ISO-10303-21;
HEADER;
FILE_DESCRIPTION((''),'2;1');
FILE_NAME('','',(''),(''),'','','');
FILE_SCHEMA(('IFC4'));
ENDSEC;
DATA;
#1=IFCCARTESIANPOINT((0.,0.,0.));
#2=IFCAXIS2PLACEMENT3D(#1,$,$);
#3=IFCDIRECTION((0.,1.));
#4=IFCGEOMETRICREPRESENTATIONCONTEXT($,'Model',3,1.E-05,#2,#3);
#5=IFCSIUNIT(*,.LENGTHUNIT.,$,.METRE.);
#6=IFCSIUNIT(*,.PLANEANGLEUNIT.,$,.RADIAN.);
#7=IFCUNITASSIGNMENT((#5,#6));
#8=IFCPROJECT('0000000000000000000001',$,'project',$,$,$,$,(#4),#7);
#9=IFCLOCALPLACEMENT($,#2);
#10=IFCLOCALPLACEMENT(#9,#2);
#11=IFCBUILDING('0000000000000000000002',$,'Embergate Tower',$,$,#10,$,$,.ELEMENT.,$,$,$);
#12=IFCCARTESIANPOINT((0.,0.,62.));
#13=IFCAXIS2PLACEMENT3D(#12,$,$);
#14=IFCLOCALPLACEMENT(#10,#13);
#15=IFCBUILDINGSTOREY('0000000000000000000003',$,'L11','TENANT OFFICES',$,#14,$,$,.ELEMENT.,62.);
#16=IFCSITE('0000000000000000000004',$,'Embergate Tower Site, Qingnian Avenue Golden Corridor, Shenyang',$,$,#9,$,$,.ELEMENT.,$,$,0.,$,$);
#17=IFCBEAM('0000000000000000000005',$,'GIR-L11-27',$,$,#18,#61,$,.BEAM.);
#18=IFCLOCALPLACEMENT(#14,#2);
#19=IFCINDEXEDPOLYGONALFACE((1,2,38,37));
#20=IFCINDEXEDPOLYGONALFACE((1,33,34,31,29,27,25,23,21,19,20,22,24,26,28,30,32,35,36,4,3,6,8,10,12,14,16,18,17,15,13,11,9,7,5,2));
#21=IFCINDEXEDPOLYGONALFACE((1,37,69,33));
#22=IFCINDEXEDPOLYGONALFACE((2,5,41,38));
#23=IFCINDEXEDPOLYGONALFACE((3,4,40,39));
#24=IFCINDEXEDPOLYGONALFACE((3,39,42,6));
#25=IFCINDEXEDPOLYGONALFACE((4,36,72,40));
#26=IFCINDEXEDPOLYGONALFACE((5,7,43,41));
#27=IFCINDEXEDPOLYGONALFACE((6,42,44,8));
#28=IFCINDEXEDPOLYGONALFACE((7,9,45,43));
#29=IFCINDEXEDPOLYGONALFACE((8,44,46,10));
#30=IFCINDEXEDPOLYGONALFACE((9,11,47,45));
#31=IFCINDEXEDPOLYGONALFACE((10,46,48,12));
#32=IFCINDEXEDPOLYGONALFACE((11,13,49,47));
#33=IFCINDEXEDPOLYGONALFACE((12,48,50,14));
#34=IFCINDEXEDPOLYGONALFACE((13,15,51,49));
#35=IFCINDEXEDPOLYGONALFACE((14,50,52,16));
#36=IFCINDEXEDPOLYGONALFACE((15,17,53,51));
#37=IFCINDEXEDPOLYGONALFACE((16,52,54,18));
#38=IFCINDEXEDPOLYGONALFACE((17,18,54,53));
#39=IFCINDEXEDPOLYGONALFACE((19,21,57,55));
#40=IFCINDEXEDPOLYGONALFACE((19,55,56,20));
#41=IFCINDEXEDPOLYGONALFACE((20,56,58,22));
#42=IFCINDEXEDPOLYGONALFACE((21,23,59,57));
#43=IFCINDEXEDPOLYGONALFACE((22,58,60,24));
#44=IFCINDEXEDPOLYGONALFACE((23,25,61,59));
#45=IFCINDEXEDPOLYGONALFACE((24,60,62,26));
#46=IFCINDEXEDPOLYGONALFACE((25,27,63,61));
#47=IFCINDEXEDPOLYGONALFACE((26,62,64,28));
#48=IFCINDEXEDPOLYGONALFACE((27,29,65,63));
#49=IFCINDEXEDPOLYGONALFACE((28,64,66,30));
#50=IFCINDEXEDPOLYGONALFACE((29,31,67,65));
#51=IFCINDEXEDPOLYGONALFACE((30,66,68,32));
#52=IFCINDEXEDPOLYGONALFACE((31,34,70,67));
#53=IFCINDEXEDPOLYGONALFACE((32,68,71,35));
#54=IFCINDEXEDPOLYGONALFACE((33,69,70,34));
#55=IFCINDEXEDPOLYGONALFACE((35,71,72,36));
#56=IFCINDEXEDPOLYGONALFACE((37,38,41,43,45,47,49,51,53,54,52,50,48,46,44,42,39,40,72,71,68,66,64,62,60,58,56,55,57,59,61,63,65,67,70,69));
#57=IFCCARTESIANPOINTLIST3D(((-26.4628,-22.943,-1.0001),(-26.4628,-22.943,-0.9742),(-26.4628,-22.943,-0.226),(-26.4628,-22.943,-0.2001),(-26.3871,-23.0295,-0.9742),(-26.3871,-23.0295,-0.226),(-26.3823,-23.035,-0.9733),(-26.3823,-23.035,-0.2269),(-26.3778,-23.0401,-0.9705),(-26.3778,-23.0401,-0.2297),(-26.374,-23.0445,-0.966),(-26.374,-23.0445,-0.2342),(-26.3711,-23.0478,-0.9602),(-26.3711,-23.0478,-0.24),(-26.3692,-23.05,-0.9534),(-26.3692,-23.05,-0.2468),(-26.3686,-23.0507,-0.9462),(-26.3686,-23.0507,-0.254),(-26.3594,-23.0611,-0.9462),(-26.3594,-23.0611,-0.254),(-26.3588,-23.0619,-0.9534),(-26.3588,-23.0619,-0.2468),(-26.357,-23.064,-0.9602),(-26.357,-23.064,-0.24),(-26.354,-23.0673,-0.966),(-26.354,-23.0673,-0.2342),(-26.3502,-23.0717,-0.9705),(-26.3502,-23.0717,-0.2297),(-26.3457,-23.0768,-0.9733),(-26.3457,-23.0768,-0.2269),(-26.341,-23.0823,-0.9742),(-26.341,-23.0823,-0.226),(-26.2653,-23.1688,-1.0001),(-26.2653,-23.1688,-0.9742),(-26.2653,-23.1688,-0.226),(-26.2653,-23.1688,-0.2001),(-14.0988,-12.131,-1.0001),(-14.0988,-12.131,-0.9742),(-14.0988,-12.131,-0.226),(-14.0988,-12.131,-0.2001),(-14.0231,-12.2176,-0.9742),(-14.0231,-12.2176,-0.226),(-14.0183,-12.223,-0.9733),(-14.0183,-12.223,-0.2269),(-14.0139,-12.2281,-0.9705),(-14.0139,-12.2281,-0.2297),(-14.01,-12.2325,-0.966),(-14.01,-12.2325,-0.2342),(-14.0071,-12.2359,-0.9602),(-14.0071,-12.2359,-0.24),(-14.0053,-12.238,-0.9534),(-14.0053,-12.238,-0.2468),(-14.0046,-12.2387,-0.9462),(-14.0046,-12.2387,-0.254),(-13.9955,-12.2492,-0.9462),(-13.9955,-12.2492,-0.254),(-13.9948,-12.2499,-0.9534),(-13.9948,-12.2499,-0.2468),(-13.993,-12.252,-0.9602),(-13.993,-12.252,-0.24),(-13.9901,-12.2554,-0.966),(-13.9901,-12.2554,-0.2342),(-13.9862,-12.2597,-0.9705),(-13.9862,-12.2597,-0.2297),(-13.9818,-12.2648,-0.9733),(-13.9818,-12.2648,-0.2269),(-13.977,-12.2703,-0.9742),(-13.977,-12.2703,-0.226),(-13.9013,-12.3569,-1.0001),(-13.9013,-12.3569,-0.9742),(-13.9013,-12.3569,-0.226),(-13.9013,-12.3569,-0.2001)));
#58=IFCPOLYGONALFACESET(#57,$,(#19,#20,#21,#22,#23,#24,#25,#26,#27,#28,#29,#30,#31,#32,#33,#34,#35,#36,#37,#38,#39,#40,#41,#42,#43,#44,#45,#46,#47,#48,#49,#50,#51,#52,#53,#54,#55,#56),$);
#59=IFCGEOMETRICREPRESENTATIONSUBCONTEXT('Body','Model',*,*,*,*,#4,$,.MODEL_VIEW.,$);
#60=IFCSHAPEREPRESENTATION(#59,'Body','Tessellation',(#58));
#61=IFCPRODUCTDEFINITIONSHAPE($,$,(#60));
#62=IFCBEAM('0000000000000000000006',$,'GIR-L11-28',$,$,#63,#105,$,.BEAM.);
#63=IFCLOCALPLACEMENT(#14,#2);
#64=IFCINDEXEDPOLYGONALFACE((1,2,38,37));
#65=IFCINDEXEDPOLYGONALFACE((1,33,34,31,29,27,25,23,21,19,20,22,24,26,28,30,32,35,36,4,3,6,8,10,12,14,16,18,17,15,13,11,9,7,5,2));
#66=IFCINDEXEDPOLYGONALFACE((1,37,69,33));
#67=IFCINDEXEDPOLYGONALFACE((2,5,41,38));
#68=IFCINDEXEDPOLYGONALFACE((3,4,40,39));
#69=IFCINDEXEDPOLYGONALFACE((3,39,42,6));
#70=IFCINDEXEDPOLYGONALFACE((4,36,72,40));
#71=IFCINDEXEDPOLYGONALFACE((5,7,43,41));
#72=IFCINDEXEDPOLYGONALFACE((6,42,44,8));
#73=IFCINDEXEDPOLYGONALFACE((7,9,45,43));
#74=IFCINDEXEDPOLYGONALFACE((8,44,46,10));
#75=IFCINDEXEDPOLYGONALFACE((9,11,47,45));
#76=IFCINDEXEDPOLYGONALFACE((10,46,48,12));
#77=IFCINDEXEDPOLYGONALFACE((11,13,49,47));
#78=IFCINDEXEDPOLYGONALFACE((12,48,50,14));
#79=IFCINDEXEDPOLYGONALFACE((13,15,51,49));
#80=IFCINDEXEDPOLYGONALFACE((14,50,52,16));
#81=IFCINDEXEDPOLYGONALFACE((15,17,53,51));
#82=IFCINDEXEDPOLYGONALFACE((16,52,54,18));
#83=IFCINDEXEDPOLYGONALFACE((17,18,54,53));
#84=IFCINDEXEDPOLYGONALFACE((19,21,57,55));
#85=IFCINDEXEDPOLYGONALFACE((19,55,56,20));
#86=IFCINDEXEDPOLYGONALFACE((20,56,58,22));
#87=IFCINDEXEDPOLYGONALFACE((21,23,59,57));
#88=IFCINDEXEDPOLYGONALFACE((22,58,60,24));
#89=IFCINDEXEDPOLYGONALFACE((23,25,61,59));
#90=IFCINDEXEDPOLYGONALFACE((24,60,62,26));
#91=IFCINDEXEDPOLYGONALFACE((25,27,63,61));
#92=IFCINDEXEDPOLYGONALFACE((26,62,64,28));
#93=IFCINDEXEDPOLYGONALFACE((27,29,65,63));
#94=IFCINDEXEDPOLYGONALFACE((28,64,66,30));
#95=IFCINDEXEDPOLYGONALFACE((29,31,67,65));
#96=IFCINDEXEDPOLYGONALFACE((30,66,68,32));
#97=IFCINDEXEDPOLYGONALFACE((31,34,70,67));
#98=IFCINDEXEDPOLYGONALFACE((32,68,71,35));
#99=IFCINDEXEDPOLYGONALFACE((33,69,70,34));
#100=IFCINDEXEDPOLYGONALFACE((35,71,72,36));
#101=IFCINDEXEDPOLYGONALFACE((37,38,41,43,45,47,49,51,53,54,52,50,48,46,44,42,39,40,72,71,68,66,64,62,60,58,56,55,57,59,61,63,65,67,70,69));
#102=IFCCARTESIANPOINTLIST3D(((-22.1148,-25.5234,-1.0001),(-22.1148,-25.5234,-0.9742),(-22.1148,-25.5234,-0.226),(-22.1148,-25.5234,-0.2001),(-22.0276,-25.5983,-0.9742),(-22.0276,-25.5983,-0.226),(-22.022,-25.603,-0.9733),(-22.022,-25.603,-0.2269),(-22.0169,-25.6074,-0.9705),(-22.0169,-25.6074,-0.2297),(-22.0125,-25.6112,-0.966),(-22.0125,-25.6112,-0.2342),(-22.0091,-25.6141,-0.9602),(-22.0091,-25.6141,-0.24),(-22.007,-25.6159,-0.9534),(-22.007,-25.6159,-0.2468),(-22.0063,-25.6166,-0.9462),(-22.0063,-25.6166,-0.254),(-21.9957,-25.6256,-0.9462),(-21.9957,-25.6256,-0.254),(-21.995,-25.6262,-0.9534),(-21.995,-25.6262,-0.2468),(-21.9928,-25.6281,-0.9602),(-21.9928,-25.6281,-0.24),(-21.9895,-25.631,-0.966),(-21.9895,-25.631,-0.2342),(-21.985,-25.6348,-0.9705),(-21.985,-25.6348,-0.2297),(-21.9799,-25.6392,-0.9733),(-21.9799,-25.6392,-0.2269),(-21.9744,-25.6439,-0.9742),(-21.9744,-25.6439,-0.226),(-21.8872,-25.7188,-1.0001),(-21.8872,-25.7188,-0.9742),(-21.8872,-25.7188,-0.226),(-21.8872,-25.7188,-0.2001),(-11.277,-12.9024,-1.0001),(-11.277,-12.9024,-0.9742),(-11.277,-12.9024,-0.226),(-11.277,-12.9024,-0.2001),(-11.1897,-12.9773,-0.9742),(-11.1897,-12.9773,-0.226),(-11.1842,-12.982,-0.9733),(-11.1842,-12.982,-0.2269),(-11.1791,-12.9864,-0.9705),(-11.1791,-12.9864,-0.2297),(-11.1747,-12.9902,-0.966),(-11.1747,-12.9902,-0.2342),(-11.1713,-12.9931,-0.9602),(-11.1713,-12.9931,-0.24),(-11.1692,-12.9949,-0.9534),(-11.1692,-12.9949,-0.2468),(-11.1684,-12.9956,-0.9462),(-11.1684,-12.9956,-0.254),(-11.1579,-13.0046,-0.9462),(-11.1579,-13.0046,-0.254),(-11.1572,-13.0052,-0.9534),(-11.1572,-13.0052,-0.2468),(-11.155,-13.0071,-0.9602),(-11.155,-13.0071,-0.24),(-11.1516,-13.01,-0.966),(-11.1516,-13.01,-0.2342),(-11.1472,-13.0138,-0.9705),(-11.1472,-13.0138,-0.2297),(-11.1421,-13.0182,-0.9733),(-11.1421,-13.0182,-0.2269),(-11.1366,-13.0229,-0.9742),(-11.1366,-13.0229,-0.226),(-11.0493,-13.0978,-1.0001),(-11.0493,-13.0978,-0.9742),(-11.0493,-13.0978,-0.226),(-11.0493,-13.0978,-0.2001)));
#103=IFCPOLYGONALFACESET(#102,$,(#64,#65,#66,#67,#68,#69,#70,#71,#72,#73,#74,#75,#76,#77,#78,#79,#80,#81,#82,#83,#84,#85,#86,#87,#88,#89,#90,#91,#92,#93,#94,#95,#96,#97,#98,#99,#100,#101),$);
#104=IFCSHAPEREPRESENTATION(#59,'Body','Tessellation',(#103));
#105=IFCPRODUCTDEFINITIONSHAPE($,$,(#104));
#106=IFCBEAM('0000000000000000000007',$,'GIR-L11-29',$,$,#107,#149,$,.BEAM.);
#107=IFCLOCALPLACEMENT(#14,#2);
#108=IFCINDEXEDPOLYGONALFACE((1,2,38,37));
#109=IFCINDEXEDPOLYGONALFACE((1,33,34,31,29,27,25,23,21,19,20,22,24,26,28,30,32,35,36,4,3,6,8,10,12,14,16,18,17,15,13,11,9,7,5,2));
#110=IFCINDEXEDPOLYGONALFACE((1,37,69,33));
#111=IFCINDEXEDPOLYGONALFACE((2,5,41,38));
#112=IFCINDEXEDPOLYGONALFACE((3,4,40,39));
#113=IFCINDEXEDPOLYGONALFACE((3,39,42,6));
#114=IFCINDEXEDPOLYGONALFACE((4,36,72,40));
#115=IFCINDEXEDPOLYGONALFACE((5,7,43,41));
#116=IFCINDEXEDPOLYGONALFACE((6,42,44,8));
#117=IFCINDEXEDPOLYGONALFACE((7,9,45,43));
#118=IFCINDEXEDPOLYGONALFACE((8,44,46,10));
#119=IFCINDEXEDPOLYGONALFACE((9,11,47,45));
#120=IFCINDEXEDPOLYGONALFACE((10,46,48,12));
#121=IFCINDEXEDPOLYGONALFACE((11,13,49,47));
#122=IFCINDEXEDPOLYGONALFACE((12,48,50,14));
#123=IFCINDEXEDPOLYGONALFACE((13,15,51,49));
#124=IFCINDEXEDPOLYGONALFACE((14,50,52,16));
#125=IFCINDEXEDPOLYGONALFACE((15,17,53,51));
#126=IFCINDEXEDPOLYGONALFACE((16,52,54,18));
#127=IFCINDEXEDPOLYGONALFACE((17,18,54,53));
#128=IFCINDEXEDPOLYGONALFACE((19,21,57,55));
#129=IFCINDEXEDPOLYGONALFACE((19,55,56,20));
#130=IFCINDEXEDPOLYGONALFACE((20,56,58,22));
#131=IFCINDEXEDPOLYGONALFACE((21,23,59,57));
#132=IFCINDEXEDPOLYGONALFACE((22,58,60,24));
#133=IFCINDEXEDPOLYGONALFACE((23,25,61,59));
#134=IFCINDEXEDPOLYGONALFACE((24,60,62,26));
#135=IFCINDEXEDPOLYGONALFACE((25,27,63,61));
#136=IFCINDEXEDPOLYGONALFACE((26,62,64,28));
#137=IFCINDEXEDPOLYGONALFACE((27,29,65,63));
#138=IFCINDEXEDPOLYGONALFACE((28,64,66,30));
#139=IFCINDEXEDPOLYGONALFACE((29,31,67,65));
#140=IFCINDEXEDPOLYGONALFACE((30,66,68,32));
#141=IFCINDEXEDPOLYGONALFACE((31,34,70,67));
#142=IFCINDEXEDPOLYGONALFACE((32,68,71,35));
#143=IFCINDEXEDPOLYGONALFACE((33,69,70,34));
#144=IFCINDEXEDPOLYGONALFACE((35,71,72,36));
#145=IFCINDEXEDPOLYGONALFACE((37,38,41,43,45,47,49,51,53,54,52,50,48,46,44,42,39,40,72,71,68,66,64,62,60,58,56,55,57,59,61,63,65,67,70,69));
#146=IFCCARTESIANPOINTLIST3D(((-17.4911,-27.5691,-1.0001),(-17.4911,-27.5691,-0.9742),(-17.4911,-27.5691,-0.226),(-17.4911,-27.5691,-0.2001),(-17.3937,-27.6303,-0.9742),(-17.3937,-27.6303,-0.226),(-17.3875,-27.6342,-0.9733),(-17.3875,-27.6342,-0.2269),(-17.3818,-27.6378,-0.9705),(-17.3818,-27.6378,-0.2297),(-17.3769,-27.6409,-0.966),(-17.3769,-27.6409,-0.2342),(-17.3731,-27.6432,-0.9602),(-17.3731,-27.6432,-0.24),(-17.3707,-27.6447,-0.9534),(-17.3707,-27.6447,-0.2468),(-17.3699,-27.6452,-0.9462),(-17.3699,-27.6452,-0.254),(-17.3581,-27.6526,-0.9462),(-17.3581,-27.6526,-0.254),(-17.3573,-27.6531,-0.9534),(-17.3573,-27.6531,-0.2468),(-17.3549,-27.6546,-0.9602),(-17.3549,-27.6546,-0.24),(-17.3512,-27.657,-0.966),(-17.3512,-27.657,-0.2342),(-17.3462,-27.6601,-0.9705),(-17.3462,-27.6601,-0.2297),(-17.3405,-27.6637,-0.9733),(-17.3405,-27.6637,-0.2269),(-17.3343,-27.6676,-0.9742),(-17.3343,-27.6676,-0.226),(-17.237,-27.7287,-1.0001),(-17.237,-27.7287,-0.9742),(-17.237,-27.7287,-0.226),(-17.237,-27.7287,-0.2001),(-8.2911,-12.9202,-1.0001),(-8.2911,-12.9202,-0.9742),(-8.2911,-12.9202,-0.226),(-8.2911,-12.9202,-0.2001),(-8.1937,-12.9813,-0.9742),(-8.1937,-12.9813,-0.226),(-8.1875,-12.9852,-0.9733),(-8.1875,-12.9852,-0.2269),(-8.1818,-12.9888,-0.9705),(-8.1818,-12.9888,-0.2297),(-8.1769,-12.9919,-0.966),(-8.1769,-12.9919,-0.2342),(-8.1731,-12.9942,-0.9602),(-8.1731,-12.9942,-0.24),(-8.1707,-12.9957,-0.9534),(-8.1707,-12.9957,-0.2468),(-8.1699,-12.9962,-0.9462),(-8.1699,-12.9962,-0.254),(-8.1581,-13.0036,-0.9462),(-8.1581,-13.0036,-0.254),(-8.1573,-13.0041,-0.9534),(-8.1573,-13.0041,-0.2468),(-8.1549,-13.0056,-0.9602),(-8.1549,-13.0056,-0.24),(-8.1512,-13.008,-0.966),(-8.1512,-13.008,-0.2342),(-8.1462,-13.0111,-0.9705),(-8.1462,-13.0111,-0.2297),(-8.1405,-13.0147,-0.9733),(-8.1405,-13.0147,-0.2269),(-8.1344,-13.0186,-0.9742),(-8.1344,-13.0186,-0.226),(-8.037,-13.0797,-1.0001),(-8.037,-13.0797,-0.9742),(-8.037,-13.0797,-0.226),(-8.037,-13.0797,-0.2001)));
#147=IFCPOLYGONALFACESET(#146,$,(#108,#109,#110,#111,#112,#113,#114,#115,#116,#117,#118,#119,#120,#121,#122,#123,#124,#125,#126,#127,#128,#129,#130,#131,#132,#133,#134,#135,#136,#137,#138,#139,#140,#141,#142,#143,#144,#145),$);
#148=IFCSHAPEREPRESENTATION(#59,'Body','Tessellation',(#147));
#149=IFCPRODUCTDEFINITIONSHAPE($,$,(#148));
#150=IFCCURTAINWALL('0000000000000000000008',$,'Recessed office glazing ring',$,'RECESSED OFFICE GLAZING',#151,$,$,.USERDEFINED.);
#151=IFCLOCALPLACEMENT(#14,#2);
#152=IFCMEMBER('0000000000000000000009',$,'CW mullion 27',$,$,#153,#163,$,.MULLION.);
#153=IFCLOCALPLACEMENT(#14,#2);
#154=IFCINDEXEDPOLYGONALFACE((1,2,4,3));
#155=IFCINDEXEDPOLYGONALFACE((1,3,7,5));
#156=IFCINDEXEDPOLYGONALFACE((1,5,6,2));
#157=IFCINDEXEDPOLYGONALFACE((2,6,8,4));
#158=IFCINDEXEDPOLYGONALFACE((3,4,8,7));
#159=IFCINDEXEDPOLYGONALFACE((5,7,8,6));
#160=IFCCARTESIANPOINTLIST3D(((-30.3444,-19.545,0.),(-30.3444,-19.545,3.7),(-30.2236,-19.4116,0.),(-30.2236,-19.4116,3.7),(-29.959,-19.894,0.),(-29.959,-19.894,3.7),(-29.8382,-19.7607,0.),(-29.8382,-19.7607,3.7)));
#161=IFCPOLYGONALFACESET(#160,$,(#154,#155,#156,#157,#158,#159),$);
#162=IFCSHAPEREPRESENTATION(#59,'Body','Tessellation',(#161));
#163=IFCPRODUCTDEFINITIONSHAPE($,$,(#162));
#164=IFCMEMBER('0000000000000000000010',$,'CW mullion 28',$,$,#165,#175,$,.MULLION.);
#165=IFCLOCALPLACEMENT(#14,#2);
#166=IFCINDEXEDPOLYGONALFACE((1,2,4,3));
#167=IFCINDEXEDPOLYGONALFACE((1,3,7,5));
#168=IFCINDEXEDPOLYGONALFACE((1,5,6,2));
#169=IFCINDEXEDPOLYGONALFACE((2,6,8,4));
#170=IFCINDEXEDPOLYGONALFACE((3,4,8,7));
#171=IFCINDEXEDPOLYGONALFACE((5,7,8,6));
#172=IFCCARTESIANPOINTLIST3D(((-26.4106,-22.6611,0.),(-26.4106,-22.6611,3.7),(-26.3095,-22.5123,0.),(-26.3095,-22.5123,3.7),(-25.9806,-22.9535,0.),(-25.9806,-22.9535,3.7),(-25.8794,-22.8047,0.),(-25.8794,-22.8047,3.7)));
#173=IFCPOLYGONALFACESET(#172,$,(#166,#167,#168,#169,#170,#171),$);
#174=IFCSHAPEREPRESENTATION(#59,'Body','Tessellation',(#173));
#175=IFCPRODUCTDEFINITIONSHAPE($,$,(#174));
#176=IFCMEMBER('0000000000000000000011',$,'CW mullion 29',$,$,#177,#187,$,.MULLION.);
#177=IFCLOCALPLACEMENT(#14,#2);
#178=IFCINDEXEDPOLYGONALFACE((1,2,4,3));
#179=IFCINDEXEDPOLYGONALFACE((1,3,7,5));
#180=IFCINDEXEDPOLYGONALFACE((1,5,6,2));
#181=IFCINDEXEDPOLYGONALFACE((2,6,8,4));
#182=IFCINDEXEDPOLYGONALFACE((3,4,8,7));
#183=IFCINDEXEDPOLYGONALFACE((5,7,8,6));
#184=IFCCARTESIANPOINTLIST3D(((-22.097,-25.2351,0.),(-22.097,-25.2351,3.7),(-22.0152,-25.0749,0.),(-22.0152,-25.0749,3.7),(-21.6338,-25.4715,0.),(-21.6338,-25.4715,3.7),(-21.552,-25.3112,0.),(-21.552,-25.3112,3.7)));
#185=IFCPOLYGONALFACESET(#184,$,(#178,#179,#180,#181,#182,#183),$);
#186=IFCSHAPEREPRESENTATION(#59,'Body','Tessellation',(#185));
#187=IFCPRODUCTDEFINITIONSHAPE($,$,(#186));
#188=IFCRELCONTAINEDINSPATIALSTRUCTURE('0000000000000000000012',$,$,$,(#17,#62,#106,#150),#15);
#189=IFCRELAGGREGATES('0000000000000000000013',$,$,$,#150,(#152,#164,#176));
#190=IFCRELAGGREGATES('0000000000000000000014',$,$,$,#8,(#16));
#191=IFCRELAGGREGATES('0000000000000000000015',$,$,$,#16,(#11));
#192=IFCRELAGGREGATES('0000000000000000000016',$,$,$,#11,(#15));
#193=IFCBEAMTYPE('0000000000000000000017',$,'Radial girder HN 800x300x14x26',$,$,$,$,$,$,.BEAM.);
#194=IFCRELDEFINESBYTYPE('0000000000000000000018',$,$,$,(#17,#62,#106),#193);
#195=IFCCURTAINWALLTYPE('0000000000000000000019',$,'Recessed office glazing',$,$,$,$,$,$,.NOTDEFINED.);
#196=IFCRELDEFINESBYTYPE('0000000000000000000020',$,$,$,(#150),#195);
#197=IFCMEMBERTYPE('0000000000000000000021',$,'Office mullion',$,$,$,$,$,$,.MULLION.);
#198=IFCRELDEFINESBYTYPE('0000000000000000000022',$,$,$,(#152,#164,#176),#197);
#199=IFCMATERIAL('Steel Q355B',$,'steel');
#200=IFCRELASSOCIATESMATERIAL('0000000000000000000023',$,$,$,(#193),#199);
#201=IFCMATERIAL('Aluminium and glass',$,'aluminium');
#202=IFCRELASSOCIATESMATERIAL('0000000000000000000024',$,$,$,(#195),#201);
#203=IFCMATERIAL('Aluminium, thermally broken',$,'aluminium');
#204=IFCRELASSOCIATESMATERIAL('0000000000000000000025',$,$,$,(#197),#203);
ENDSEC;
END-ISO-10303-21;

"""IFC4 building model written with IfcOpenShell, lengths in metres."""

from ifc_helpers import new_model, si_unit, direction, frame, origin, origin_2d, place, context, subcontext, project, spatial, rectangle, i_section, extrude, source, transform, mapped, material, material_profile, profile_set, type_object, element, aggregate, save


model = new_model("IFC4")

# Units and contexts
model_context = context("Model", 3, precision=1e-05, world=origin(), true_north=direction((0.0, 1.0)))
body_context = subcontext(model_context, "Body", "Model", "MODEL_VIEW")
ifc_project = project(units=[si_unit("LENGTHUNIT", "METRE"), si_unit("PLANEANGLEUNIT", "RADIAN")], contexts=[model_context])

# Site, building, storey
site_placement = place(None, origin())
site = spatial("IfcSite", under=ifc_project, at=site_placement, Name="Embergate Tower Site, Qingnian Avenue Golden Corridor, Shenyang", CompositionType="ELEMENT", RefElevation=0.0)
building_placement = place(site_placement, origin())
building = spatial("IfcBuilding", under=site, at=building_placement, Name="Embergate Tower", CompositionType="ELEMENT")
storey_placement = place(building_placement, frame((0.0, 0.0, 62.0)))
storey = spatial("IfcBuildingStorey", under=building, at=storey_placement, Name="L11", Description="TENANT OFFICES", CompositionType="ELEMENT", Elevation=62.0)

# Beams
ifc_material_1 = material(Name="Steel Q355B", Category="steel")
ifc_material_profile_1 = material_profile(ifc_material_1, i_section(OverallWidth=0.3, OverallDepth=0.8, WebThickness=0.0139, FlangeThickness=0.0259, FilletRadius=0.0281, at=origin_2d()), Name="HN 800x300x14x26")
ifc_profile_set_1 = profile_set([ifc_material_profile_1], Name="Steel Q355 grade B")
beam_type_1 = type_object("IfcBeamType", Name="Radial girder HN 800x300x14x26", PredefinedType="BEAM", material=ifc_profile_set_1)
shared_shape_1 = source(origin(), body_context, "Body", "SweptSolid", [
    extrude(i_section(OverallWidth=0.3, OverallDepth=0.8, WebThickness=0.0139, FlangeThickness=0.0259, FilletRadius=0.0281, at=origin_2d()), origin(), (0.0, 0.0, 1.0), 16.4246),
])
beam_1_placement = place(storey_placement, frame((-26.364, -23.0559, -0.6001), z_axis=(0.752773, 0.65828, 0.0), x_axis=(-0.65828, 0.752773, 0.0)))
element("IfcBeam", 1, at=beam_1_placement, inside=storey, type_object=beam_type_1, Name="GIR-L11-27", PredefinedType="BEAM", context=body_context, shape_type="MappedRepresentation", body=[
    mapped(shared_shape_1, transform((0.0, 0.0, 0.0))),
])
shared_shape_2 = source(origin(), body_context, "Body", "SweptSolid", [
    extrude(i_section(OverallWidth=0.3, OverallDepth=0.8, WebThickness=0.0139, FlangeThickness=0.0259, FilletRadius=0.0281, at=origin_2d()), origin(), (0.0, 0.0, 1.0), 16.6357),
])
beam_2_placement = place(storey_placement, frame((-22.001, -25.6211, -0.6001), z_axis=(0.651478, 0.758668, 0.0), x_axis=(-0.758668, 0.651478, 0.0)))
element("IfcBeam", 2, at=beam_2_placement, inside=storey, type_object=beam_type_1, Name="GIR-L11-28", PredefinedType="BEAM", context=body_context, shape_type="MappedRepresentation", body=[
    mapped(shared_shape_2, transform((0.0, 0.0, 0.0))),
])
shared_shape_3 = source(origin(), body_context, "Body", "SweptSolid", [
    extrude(i_section(OverallWidth=0.3, OverallDepth=0.8, WebThickness=0.0139, FlangeThickness=0.0259, FilletRadius=0.0281, at=origin_2d()), origin(), (0.0, 0.0, 1.0), 17.2983),
])
beam_3_placement = place(storey_placement, frame((-17.364, -27.6489, -0.6001), z_axis=(0.531842, 0.846843, 0.0), x_axis=(-0.846843, 0.531842, 0.0)))
element("IfcBeam", 3, at=beam_3_placement, inside=storey, type_object=beam_type_1, Name="GIR-L11-29", PredefinedType="BEAM", context=body_context, shape_type="MappedRepresentation", body=[
    mapped(shared_shape_3, transform((0.0, 0.0, 0.0))),
])

# Curtain wall, members
ifc_material_2 = material(Name="Aluminium and glass", Category="aluminium")
curtain_wall_type = type_object("IfcCurtainWallType", Name="Recessed office glazing", PredefinedType="NOTDEFINED", material=ifc_material_2)
curtain_wall_placement = place(storey_placement, origin())
curtain_wall = element("IfcCurtainWall", 4, at=curtain_wall_placement, inside=storey, type_object=curtain_wall_type, Name="Recessed office glazing ring", ObjectType="RECESSED OFFICE GLAZING", PredefinedType="USERDEFINED")
ifc_material_3 = material(Name="Aluminium, thermally broken", Category="aluminium")
ifc_material_profile_2 = material_profile(ifc_material_3, rectangle(XDim=0.1799, YDim=0.52, at=origin_2d()), Name="AL 520x180")
ifc_profile_set_2 = profile_set([ifc_material_profile_2], Name="Aluminium, thermally broken")
member_type_1 = type_object("IfcMemberType", Name="Office mullion", PredefinedType="MULLION", material=ifc_profile_set_2)
shared_shape_4 = source(origin(), body_context, "Body", "SweptSolid", [
    extrude(rectangle(XDim=0.1799, YDim=0.52, at=origin_2d()), origin(), (0.0, 0.0, 1.0), 3.7),
])
member_1_placement = place(storey_placement, frame((-30.0913, -19.6528, 0.0), z_axis=(0.0, 0.0, 1.0), x_axis=(0.671239, 0.741241, 0.0)))
member_1 = element("IfcMember", 5, at=member_1_placement, type_object=member_type_1, Name="CW mullion 27", PredefinedType="MULLION", context=body_context, shape_type="MappedRepresentation", body=[
    mapped(shared_shape_4, transform((0.0, 0.0, 0.0))),
])
member_2_placement = place(storey_placement, frame((-26.145, -22.7329, 0.0), z_axis=(0.0, 0.0, 1.0), x_axis=(0.562229, 0.826981, 0.0)))
member_2 = element("IfcMember", 6, at=member_2_placement, type_object=member_type_1, Name="CW mullion 28", PredefinedType="MULLION", context=body_context, shape_type="MappedRepresentation", body=[
    mapped(shared_shape_4, transform((0.0, 0.0, 0.0))),
])
member_3_placement = place(storey_placement, frame((-21.8245, -25.2732, 0.0), z_axis=(0.0, 0.0, 1.0), x_axis=(0.454521, 0.890736, 0.0)))
member_3 = element("IfcMember", 7, at=member_3_placement, type_object=member_type_1, Name="CW mullion 29", PredefinedType="MULLION", context=body_context, shape_type="MappedRepresentation", body=[
    mapped(shared_shape_4, transform((0.0, 0.0, 0.0))),
])
aggregate(curtain_wall, [member_1, member_2, member_3])

save(model, "model.ifc")
